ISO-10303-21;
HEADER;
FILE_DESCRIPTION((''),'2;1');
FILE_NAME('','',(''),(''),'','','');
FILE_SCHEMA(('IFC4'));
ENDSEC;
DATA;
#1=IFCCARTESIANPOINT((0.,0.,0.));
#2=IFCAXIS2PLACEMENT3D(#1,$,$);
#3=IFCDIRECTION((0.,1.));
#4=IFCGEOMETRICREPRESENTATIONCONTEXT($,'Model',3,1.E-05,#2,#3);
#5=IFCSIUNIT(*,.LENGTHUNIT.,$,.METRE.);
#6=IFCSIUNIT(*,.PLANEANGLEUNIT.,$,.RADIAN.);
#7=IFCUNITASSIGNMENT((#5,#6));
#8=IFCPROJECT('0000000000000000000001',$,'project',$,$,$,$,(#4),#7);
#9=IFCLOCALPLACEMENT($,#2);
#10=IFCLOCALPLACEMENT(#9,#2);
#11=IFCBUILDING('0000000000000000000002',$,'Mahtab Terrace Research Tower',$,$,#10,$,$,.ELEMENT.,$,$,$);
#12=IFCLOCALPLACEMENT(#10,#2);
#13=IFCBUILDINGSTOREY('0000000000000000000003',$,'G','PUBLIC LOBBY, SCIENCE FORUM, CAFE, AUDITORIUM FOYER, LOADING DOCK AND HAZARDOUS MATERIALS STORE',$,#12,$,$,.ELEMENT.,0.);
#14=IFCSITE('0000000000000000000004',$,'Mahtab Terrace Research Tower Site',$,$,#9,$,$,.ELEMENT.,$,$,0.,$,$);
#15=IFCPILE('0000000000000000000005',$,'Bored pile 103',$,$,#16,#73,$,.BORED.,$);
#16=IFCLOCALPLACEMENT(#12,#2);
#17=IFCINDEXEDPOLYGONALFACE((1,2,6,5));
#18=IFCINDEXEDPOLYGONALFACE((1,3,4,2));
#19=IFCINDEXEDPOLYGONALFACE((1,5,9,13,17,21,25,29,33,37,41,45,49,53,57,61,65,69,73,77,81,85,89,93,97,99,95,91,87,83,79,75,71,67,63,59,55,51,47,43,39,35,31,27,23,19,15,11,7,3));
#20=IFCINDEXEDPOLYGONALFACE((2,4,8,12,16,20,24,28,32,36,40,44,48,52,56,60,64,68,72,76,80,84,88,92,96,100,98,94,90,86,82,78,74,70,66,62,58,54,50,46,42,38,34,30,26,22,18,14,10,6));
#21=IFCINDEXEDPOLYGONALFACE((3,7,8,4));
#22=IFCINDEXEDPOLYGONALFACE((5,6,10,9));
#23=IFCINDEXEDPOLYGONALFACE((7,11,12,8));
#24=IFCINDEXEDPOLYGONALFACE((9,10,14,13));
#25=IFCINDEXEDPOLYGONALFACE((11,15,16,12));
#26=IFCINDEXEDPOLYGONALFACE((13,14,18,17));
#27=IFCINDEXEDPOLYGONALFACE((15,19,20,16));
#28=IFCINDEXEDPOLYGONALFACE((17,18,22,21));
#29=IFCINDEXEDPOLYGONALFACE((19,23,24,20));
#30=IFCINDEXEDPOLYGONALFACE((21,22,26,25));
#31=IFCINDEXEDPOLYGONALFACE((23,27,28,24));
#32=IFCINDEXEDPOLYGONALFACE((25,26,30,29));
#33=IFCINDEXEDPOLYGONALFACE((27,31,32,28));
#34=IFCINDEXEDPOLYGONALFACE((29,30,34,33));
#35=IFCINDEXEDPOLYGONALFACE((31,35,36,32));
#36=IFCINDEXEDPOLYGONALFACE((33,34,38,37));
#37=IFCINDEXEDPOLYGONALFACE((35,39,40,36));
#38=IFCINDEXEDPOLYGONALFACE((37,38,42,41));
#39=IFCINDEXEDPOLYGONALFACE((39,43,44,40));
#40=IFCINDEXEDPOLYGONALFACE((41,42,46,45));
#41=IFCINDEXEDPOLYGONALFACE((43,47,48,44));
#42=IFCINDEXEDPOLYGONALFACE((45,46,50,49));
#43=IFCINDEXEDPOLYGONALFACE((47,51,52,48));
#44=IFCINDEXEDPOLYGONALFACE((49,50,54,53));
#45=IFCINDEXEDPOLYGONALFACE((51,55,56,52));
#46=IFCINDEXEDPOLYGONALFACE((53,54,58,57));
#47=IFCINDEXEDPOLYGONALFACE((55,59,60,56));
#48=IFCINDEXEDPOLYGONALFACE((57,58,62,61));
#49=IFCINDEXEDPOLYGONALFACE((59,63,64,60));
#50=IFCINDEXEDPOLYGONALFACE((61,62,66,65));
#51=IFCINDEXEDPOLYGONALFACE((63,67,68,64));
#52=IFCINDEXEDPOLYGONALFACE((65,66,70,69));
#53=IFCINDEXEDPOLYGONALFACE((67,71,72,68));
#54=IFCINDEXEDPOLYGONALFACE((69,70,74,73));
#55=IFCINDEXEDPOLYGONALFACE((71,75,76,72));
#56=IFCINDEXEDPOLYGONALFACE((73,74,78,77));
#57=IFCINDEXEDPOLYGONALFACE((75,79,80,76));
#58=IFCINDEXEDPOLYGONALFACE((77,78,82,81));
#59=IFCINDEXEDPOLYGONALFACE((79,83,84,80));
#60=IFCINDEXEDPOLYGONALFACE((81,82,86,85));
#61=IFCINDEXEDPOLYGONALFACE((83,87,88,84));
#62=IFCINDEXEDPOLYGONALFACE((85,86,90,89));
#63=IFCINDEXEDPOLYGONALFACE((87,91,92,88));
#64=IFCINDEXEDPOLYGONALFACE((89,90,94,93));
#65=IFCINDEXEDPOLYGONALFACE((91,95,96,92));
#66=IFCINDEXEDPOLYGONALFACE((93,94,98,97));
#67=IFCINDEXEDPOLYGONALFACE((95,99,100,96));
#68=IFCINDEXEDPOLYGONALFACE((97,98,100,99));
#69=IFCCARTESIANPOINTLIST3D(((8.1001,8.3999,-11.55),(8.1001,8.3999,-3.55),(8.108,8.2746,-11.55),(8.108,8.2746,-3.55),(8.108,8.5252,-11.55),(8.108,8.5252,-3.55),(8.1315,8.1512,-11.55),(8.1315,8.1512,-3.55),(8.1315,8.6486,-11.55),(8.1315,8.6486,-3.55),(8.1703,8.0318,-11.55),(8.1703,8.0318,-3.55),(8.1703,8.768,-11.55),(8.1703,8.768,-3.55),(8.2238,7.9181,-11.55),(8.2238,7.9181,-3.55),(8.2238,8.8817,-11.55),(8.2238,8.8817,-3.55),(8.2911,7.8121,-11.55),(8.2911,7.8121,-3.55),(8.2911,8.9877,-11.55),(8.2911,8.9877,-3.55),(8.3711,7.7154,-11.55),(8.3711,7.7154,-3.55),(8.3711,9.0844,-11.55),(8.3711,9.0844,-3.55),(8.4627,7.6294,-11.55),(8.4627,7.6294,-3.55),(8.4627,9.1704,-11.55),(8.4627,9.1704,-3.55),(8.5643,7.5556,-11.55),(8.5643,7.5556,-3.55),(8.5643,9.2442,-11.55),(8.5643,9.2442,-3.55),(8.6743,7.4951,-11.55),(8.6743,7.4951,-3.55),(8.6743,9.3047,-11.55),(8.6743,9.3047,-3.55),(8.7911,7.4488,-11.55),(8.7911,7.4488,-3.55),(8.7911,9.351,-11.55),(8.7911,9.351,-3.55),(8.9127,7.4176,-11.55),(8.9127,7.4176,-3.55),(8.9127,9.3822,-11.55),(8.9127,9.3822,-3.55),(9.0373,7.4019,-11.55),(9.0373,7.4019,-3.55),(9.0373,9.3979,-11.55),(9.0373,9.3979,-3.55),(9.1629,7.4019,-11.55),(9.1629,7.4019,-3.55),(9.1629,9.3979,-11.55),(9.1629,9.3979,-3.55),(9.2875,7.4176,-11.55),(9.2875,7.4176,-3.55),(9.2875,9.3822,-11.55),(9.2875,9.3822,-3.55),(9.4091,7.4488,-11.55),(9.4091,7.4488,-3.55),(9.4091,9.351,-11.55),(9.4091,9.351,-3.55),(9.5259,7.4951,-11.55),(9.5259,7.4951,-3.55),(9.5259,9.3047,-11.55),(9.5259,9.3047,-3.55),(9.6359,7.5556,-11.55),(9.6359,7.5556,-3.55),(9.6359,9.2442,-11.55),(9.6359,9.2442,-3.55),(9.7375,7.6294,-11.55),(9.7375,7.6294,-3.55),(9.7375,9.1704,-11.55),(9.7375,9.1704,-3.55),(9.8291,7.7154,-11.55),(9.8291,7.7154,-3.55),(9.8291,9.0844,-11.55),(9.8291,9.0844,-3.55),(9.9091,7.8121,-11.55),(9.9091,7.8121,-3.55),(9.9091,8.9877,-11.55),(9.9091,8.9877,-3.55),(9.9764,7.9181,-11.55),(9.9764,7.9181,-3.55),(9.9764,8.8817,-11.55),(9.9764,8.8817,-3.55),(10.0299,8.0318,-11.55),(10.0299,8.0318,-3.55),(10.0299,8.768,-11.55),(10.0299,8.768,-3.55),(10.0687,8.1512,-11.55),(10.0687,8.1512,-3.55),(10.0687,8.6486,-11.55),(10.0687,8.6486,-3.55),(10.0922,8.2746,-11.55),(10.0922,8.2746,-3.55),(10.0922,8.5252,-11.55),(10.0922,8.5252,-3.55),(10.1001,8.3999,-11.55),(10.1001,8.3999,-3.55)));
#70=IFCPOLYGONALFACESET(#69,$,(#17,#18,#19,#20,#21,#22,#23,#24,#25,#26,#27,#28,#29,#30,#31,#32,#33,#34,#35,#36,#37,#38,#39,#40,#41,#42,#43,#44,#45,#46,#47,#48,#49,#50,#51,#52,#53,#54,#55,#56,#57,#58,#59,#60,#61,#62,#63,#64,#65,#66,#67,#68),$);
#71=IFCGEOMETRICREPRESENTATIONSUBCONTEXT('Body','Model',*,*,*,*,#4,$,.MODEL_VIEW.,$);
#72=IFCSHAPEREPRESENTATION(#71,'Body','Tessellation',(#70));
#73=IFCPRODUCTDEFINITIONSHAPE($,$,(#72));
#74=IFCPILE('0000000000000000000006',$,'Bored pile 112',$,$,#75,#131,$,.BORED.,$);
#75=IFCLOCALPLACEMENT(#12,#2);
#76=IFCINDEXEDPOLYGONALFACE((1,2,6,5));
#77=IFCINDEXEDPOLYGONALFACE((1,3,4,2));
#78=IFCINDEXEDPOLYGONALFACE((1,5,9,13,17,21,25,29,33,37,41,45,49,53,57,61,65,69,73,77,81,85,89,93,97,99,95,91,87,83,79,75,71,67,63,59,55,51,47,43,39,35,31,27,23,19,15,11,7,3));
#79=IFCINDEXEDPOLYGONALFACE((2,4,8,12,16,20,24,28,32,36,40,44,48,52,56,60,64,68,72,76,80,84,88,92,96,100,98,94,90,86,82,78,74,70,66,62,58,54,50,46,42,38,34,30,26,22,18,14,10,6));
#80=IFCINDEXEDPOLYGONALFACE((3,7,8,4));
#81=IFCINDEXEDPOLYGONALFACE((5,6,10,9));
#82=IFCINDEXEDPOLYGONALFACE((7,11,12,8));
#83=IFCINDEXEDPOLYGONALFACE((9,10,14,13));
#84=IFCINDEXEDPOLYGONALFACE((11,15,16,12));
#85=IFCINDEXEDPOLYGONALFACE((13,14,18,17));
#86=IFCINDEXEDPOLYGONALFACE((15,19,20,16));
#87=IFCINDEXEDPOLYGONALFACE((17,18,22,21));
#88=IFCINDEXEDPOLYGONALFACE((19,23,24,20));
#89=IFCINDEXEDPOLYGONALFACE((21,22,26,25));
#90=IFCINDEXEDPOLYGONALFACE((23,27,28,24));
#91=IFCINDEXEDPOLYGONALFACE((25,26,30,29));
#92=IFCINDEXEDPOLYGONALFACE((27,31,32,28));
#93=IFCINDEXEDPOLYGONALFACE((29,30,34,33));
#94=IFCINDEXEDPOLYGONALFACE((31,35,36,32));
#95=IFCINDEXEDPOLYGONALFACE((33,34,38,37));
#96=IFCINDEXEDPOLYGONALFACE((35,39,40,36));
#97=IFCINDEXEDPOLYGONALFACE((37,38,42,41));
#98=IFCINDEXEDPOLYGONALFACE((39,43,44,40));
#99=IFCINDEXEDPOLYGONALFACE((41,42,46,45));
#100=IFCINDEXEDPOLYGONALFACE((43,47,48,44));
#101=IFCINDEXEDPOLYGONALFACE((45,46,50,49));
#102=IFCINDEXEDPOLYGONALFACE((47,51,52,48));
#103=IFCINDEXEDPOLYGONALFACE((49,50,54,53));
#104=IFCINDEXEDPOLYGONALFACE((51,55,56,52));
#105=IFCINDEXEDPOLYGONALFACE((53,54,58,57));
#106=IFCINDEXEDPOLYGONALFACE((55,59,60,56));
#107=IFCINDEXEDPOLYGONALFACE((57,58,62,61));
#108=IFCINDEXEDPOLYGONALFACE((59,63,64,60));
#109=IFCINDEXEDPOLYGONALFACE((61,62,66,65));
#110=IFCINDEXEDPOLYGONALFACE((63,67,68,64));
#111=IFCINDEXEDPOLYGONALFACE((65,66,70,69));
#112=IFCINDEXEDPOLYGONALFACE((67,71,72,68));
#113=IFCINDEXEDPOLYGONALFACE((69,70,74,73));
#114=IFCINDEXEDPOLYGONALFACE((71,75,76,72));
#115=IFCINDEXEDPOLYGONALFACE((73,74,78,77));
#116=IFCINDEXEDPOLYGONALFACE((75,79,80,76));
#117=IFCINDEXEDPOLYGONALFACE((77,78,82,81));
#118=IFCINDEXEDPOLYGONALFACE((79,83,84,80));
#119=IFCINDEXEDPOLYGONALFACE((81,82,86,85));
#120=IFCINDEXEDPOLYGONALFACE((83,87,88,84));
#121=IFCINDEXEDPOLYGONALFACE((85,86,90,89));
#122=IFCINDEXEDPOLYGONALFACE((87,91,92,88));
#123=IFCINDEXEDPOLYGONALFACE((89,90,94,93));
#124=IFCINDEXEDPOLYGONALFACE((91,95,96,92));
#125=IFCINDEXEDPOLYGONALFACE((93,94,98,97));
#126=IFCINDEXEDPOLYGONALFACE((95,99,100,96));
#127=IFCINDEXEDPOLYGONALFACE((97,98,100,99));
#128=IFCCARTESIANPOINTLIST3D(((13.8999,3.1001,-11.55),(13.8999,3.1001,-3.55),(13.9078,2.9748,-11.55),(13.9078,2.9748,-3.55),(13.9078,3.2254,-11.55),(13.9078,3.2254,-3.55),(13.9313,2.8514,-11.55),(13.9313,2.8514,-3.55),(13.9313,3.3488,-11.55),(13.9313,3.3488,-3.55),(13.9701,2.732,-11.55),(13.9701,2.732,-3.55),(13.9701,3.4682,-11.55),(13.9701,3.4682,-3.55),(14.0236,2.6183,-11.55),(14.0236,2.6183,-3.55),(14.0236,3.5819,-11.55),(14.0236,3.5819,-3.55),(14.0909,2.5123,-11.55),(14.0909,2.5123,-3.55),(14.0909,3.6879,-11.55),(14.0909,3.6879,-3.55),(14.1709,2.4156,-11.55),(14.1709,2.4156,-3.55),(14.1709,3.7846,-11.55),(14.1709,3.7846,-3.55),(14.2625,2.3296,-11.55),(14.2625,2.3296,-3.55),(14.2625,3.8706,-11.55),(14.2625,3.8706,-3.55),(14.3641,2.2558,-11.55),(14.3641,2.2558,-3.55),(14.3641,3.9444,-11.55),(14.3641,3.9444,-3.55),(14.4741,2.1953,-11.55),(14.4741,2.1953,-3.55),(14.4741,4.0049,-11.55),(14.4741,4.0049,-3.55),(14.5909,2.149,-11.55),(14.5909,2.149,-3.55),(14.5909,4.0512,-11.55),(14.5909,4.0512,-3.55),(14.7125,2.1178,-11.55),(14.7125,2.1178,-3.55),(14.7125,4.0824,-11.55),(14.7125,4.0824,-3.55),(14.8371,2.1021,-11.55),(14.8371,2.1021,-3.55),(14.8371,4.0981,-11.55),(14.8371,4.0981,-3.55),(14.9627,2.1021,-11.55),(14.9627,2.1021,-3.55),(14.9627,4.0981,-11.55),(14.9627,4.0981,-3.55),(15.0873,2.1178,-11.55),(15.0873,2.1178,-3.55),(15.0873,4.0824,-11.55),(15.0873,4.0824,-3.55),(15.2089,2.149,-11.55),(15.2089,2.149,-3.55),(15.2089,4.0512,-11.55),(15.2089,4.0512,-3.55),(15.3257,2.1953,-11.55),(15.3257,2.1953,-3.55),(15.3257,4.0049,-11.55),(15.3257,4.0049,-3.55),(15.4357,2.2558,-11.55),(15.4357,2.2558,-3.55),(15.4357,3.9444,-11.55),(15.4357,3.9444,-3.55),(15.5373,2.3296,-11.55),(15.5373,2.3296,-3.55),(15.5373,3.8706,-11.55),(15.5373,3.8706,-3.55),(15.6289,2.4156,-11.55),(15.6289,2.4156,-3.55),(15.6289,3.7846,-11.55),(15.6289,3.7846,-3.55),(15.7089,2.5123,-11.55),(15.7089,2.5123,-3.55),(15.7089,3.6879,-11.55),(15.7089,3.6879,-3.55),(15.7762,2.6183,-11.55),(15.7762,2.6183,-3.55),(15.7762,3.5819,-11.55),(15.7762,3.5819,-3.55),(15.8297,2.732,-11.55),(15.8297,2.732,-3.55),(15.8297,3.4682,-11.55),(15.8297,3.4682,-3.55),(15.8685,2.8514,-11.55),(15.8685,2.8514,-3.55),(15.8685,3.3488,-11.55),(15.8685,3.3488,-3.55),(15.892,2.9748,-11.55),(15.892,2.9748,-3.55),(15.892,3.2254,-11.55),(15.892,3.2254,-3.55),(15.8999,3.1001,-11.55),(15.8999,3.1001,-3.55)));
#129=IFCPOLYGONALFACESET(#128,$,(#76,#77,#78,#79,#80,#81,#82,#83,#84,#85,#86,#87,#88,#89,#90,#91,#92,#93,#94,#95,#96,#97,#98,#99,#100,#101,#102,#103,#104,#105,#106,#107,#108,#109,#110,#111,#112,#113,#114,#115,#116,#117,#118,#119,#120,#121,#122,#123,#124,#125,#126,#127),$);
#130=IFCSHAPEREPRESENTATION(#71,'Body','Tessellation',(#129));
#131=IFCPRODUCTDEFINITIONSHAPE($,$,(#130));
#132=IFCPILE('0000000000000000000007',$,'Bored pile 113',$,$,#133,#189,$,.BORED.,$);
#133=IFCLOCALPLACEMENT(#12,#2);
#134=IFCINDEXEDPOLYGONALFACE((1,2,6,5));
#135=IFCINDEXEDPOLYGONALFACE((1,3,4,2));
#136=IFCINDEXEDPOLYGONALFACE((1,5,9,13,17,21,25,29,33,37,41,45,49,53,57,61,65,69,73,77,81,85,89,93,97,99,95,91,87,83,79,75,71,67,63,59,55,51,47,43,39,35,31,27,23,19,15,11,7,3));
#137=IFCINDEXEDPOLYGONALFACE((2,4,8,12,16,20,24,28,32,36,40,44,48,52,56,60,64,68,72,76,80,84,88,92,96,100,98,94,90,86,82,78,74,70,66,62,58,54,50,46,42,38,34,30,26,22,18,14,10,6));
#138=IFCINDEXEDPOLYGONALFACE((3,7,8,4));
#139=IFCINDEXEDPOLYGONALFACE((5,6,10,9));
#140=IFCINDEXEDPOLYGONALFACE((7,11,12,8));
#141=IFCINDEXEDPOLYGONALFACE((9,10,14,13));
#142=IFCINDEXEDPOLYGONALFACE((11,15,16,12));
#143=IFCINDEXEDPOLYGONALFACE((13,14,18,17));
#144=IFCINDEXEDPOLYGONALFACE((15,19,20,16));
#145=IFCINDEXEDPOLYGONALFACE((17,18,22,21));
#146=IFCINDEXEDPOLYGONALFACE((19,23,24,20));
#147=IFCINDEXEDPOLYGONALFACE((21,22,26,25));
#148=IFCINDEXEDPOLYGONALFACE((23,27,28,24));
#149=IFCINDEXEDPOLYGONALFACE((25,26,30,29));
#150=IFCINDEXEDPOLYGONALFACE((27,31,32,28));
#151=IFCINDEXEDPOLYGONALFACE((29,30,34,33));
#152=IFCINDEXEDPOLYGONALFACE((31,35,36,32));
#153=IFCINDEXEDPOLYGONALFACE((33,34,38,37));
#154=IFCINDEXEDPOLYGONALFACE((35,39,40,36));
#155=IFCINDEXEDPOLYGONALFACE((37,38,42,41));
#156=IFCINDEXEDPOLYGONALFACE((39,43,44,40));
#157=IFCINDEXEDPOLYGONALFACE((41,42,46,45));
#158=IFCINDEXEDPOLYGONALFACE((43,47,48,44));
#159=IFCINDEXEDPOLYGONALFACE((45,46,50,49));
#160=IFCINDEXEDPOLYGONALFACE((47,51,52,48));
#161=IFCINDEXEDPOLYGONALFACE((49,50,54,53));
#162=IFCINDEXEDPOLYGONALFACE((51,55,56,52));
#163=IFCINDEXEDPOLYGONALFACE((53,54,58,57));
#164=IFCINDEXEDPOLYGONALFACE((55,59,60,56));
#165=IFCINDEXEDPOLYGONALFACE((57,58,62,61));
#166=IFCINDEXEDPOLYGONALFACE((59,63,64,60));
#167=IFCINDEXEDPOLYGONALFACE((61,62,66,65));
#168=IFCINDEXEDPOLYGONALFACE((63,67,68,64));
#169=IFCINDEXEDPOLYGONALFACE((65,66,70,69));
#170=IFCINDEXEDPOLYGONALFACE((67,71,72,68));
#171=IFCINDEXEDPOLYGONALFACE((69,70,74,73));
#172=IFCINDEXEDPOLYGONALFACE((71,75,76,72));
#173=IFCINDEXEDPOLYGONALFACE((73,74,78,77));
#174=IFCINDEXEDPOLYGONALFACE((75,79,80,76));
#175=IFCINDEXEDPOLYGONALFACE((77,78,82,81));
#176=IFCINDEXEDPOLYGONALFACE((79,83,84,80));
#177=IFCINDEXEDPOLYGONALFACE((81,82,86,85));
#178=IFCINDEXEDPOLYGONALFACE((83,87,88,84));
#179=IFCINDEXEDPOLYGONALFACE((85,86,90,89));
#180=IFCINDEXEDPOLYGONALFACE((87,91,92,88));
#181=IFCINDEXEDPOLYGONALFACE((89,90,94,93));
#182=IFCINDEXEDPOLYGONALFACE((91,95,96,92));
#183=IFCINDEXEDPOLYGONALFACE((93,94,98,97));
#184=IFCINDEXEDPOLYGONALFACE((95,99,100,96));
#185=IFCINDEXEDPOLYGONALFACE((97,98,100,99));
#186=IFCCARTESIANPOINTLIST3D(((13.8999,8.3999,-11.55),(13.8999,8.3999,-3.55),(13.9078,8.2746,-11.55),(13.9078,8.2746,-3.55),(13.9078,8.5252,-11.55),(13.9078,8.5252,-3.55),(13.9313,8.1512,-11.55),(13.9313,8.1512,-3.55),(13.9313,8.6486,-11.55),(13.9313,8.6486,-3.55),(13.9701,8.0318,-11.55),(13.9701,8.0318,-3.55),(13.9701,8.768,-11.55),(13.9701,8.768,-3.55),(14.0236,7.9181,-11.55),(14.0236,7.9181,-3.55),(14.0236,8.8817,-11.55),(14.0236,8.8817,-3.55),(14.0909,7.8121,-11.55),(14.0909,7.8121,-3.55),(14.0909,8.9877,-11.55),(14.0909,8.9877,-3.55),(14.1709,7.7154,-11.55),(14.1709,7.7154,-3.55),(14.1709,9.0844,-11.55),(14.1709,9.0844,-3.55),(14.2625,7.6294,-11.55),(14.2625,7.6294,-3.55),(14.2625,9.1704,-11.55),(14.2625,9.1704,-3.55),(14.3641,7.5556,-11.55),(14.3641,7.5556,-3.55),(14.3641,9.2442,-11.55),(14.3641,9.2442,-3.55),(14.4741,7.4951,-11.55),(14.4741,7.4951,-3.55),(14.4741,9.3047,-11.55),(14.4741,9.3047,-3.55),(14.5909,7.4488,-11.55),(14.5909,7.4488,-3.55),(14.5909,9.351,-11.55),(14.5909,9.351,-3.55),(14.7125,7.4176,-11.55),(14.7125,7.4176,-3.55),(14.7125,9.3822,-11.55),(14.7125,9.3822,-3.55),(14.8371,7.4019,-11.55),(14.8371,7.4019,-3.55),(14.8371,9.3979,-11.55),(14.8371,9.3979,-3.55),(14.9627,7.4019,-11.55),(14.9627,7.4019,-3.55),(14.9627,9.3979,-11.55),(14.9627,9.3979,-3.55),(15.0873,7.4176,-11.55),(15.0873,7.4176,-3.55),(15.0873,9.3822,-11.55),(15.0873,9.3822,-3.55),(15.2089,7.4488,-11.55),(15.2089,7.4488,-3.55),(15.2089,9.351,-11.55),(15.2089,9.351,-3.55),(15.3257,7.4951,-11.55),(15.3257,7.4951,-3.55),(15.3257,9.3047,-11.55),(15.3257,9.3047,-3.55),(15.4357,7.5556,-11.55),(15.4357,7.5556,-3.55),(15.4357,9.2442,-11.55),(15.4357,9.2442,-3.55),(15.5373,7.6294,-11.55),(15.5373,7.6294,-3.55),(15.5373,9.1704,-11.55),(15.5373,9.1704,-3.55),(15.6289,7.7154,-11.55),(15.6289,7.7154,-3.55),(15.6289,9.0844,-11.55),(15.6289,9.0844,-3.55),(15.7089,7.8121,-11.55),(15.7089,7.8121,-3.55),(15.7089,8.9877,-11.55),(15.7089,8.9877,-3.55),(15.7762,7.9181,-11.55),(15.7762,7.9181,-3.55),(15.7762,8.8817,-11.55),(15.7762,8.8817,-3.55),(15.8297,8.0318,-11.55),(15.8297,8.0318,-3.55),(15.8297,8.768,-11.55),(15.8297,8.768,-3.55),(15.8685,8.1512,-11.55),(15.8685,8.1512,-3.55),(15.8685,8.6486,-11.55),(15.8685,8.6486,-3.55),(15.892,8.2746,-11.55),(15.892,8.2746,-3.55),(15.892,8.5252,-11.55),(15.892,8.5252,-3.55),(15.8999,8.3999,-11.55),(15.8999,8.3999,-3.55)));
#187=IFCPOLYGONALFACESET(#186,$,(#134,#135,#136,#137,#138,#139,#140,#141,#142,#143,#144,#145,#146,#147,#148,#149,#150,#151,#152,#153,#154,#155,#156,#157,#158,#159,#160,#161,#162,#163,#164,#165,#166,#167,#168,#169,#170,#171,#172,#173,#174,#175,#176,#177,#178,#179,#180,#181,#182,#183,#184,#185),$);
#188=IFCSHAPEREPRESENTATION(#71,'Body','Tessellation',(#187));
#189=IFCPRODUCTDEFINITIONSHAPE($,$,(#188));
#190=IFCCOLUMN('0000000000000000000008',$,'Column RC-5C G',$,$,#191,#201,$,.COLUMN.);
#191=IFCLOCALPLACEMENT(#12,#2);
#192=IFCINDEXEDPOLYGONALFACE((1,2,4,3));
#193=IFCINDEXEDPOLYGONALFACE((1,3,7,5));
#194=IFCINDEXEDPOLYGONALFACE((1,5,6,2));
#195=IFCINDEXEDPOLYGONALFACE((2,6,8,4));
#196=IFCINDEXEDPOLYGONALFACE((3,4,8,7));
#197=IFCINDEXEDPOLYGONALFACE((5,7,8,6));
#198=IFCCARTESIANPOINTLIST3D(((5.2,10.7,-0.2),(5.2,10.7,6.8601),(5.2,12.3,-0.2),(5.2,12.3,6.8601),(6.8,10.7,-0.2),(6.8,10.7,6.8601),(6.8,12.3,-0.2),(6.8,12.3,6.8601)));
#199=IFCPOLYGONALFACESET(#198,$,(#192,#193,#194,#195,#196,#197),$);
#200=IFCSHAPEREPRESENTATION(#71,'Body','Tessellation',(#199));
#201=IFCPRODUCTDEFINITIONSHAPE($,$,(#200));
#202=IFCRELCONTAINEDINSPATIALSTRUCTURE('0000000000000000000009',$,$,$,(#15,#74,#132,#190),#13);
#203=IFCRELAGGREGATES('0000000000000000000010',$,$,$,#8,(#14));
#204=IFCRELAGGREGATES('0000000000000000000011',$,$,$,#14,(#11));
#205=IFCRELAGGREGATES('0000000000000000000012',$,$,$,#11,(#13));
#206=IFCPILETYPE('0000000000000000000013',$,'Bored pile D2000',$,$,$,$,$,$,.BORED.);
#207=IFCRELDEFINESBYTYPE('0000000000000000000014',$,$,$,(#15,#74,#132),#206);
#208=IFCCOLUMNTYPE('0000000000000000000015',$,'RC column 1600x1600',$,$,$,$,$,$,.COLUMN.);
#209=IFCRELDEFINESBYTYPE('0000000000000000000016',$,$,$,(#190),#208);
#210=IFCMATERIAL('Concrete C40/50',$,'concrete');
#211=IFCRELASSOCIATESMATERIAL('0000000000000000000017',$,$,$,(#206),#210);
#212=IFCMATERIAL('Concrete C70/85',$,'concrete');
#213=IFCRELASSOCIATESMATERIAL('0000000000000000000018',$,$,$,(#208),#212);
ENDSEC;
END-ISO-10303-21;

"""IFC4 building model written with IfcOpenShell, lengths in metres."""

from ifc_helpers import new_model, si_unit, direction, frame, origin, origin_2d, place, context, subcontext, project, spatial, rectangle, circle, extrude, material, material_profile, profile_set, type_object, element, save


model = new_model("IFC4")

# Units and contexts
model_context = context("Model", 3, precision=1e-05, world=origin(), true_north=direction((0.0, 1.0)))
body_context = subcontext(model_context, "Body", "Model", "MODEL_VIEW")
ifc_project = project(units=[si_unit("LENGTHUNIT", "METRE"), si_unit("PLANEANGLEUNIT", "RADIAN")], contexts=[model_context])

# Site, building, storey
site_placement = place(None, origin())
site = spatial("IfcSite", under=ifc_project, at=site_placement, Name="Mahtab Terrace Research Tower Site", CompositionType="ELEMENT", RefElevation=0.0)
building_placement = place(site_placement, origin())
building = spatial("IfcBuilding", under=site, at=building_placement, Name="Mahtab Terrace Research Tower", CompositionType="ELEMENT")
storey_placement = place(building_placement, origin())
storey = spatial("IfcBuildingStorey", under=building, at=storey_placement, Name="G", Description="PUBLIC LOBBY, SCIENCE FORUM, CAFE, AUDITORIUM FOYER, LOADING DOCK AND HAZARDOUS MATERIALS STORE", CompositionType="ELEMENT", Elevation=0.0)

# Piles
ifc_material_1 = material(Name="Concrete C40/50", Category="concrete")
ifc_material_profile_1 = material_profile(ifc_material_1, circle(Radius=1.0, at=origin_2d()), Name="Bored pile D2000")
ifc_profile_set_1 = profile_set([ifc_material_profile_1], Name="Concrete C40/50")
pile_type = type_object("IfcPileType", Name="Bored pile D2000", PredefinedType="BORED", material=ifc_profile_set_1)
for number, where, z_axis, x_axis, name in (
    (1, (9.1001, 8.3999, -3.55), (0.0, 0.0, -1.0), (1.0, 0.0, 0.0), "Bored pile 103"),
    (2, (14.8999, 3.1001, -3.55), (0.0, 0.0, -1.0), (1.0, 0.0, 0.0), "Bored pile 112"),
    (3, (14.8999, 8.3999, -3.55), (0.0, 0.0, -1.0), (1.0, 0.0, 0.0), "Bored pile 113"),
):
    element("IfcPile", number, at=place(storey_placement, frame(where, z_axis=z_axis, x_axis=x_axis)), inside=storey, type_object=pile_type, Name=name, PredefinedType="BORED", context=body_context, shape_type="SweptSolid", body=[
        extrude(circle(Radius=1.0, at=origin_2d()), origin(), (0.0, 0.0, 1.0), 8.0),
    ])

# Column
ifc_material_2 = material(Name="Concrete C70/85", Category="concrete")
ifc_material_profile_2 = material_profile(ifc_material_2, rectangle(XDim=1.6001, YDim=1.6001, at=origin_2d()), Name="RC column 1600x1600")
ifc_profile_set_2 = profile_set([ifc_material_profile_2], Name="Concrete C70/85")
column_type = type_object("IfcColumnType", Name="RC column 1600x1600", PredefinedType="COLUMN", material=ifc_profile_set_2)
for number, where, z_axis, x_axis, name in (
    (4, (6.0, 11.5, -0.2), (0.0, 0.0, 1.0), (1.0, 0.0, 0.0), "Column RC-5C G"),
):
    element("IfcColumn", number, at=place(storey_placement, frame(where, z_axis=z_axis, x_axis=x_axis)), inside=storey, type_object=column_type, Name=name, PredefinedType="COLUMN", context=body_context, shape_type="SweptSolid", body=[
        extrude(rectangle(XDim=1.6001, YDim=1.6001, at=origin_2d()), origin(), (0.0, 0.0, 1.0), 7.0601),
    ])

save(model, "model.ifc")
